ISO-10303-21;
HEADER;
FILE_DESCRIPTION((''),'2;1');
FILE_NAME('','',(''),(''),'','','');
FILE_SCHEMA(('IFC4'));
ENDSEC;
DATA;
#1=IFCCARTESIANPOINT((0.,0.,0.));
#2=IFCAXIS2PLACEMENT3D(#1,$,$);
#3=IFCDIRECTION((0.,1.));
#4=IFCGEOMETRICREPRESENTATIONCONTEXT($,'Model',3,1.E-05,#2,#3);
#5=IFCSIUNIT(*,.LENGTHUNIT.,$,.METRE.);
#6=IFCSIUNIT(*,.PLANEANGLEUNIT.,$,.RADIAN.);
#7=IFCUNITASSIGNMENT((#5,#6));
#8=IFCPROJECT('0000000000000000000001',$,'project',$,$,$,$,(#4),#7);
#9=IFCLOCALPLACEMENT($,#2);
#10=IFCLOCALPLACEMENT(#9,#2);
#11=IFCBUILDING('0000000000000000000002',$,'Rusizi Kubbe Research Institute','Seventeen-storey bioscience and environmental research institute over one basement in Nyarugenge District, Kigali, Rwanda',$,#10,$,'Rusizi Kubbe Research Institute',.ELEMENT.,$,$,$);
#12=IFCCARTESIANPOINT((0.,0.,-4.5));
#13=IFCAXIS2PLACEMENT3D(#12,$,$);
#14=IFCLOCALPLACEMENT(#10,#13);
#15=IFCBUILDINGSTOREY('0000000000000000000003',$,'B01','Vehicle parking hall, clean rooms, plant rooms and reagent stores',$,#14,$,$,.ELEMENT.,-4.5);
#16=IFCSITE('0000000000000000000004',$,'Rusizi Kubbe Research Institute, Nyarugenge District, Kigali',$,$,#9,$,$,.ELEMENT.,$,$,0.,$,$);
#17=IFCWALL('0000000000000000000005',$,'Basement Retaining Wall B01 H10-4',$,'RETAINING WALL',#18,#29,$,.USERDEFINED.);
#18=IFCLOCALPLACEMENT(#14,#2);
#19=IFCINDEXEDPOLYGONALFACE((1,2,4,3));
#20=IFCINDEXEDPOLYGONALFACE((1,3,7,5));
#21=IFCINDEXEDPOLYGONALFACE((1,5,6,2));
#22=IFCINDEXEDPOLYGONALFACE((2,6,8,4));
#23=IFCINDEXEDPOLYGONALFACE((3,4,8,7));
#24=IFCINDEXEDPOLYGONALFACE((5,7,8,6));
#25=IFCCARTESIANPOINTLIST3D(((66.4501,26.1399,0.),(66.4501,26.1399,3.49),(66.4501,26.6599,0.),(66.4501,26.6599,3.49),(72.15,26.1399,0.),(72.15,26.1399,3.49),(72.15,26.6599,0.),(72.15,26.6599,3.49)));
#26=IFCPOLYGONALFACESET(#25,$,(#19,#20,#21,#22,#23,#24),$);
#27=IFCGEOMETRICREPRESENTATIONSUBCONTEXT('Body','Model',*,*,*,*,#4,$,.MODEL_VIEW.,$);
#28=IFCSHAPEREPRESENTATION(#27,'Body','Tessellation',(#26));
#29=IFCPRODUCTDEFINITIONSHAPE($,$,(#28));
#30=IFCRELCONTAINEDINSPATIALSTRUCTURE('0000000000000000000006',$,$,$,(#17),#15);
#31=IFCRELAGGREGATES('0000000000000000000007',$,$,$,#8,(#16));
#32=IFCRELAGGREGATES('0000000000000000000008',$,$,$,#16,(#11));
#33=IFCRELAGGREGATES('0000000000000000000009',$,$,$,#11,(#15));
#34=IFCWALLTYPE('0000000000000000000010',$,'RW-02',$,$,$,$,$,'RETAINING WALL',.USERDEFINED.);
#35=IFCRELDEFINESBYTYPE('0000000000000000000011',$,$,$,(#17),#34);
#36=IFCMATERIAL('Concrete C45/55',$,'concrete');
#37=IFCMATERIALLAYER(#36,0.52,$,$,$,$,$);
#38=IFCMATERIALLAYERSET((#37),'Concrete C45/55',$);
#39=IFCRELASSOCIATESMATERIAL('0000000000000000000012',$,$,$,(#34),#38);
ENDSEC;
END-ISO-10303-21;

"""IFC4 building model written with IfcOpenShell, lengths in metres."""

from ifc_helpers import new_model, si_unit, direction, frame, frame_2d, origin, place, context, subcontext, project, spatial, rectangle, extrude, material, layer, layer_set, type_object, element, save


model = new_model("IFC4")

# Units and contexts
model_context = context("Model", 3, precision=1e-05, world=origin(), true_north=direction((0.0, 1.0)))
body_context = subcontext(model_context, "Body", "Model", "MODEL_VIEW")
ifc_project = project(units=[si_unit("LENGTHUNIT", "METRE"), si_unit("PLANEANGLEUNIT", "RADIAN")], contexts=[model_context])

# Site, building, storey
site_placement = place(None, origin())
site = spatial("IfcSite", under=ifc_project, at=site_placement, Name="Rusizi Kubbe Research Institute, Nyarugenge District, Kigali", CompositionType="ELEMENT", RefElevation=0.0)
building_placement = place(site_placement, origin())
building = spatial("IfcBuilding", under=site, at=building_placement, Name="Rusizi Kubbe Research Institute", Description="Seventeen-storey bioscience and environmental research institute over one basement in Nyarugenge District, Kigali, Rwanda", LongName="Rusizi Kubbe Research Institute", CompositionType="ELEMENT")
storey_placement = place(building_placement, frame((0.0, 0.0, -4.5)))
storey = spatial("IfcBuildingStorey", under=building, at=storey_placement, Name="B01", Description="Vehicle parking hall, clean rooms, plant rooms and reagent stores", CompositionType="ELEMENT", Elevation=-4.5)

# Wall
ifc_material_1 = material(Name="Concrete C45/55", Category="concrete")
ifc_layer_1 = layer(ifc_material_1, 0.52)
ifc_layer_set_1 = layer_set([ifc_layer_1], Name="Concrete C45/55")
wall_type_1 = type_object("IfcWallType", Name="RW-02", ElementType="RETAINING WALL", PredefinedType="USERDEFINED", material=ifc_layer_set_1)
wall_1_placement = place(storey_placement, frame((66.45, 26.3999, 0.0), z_axis=(0.0, 0.0, 1.0), x_axis=(1.0, 0.0, 0.0)))
element("IfcWall", 1, at=wall_1_placement, inside=storey, type_object=wall_type_1, Name="Basement Retaining Wall B01 H10-4", ObjectType="RETAINING WALL", PredefinedType="USERDEFINED", context=body_context, shape_type="SweptSolid", body=[
    extrude(rectangle(XDim=5.7, YDim=0.52, at=frame_2d((2.8501, 0.0))), origin(), (0.0, 0.0, 1.0), 3.49),
])

save(model, "model.ifc")
